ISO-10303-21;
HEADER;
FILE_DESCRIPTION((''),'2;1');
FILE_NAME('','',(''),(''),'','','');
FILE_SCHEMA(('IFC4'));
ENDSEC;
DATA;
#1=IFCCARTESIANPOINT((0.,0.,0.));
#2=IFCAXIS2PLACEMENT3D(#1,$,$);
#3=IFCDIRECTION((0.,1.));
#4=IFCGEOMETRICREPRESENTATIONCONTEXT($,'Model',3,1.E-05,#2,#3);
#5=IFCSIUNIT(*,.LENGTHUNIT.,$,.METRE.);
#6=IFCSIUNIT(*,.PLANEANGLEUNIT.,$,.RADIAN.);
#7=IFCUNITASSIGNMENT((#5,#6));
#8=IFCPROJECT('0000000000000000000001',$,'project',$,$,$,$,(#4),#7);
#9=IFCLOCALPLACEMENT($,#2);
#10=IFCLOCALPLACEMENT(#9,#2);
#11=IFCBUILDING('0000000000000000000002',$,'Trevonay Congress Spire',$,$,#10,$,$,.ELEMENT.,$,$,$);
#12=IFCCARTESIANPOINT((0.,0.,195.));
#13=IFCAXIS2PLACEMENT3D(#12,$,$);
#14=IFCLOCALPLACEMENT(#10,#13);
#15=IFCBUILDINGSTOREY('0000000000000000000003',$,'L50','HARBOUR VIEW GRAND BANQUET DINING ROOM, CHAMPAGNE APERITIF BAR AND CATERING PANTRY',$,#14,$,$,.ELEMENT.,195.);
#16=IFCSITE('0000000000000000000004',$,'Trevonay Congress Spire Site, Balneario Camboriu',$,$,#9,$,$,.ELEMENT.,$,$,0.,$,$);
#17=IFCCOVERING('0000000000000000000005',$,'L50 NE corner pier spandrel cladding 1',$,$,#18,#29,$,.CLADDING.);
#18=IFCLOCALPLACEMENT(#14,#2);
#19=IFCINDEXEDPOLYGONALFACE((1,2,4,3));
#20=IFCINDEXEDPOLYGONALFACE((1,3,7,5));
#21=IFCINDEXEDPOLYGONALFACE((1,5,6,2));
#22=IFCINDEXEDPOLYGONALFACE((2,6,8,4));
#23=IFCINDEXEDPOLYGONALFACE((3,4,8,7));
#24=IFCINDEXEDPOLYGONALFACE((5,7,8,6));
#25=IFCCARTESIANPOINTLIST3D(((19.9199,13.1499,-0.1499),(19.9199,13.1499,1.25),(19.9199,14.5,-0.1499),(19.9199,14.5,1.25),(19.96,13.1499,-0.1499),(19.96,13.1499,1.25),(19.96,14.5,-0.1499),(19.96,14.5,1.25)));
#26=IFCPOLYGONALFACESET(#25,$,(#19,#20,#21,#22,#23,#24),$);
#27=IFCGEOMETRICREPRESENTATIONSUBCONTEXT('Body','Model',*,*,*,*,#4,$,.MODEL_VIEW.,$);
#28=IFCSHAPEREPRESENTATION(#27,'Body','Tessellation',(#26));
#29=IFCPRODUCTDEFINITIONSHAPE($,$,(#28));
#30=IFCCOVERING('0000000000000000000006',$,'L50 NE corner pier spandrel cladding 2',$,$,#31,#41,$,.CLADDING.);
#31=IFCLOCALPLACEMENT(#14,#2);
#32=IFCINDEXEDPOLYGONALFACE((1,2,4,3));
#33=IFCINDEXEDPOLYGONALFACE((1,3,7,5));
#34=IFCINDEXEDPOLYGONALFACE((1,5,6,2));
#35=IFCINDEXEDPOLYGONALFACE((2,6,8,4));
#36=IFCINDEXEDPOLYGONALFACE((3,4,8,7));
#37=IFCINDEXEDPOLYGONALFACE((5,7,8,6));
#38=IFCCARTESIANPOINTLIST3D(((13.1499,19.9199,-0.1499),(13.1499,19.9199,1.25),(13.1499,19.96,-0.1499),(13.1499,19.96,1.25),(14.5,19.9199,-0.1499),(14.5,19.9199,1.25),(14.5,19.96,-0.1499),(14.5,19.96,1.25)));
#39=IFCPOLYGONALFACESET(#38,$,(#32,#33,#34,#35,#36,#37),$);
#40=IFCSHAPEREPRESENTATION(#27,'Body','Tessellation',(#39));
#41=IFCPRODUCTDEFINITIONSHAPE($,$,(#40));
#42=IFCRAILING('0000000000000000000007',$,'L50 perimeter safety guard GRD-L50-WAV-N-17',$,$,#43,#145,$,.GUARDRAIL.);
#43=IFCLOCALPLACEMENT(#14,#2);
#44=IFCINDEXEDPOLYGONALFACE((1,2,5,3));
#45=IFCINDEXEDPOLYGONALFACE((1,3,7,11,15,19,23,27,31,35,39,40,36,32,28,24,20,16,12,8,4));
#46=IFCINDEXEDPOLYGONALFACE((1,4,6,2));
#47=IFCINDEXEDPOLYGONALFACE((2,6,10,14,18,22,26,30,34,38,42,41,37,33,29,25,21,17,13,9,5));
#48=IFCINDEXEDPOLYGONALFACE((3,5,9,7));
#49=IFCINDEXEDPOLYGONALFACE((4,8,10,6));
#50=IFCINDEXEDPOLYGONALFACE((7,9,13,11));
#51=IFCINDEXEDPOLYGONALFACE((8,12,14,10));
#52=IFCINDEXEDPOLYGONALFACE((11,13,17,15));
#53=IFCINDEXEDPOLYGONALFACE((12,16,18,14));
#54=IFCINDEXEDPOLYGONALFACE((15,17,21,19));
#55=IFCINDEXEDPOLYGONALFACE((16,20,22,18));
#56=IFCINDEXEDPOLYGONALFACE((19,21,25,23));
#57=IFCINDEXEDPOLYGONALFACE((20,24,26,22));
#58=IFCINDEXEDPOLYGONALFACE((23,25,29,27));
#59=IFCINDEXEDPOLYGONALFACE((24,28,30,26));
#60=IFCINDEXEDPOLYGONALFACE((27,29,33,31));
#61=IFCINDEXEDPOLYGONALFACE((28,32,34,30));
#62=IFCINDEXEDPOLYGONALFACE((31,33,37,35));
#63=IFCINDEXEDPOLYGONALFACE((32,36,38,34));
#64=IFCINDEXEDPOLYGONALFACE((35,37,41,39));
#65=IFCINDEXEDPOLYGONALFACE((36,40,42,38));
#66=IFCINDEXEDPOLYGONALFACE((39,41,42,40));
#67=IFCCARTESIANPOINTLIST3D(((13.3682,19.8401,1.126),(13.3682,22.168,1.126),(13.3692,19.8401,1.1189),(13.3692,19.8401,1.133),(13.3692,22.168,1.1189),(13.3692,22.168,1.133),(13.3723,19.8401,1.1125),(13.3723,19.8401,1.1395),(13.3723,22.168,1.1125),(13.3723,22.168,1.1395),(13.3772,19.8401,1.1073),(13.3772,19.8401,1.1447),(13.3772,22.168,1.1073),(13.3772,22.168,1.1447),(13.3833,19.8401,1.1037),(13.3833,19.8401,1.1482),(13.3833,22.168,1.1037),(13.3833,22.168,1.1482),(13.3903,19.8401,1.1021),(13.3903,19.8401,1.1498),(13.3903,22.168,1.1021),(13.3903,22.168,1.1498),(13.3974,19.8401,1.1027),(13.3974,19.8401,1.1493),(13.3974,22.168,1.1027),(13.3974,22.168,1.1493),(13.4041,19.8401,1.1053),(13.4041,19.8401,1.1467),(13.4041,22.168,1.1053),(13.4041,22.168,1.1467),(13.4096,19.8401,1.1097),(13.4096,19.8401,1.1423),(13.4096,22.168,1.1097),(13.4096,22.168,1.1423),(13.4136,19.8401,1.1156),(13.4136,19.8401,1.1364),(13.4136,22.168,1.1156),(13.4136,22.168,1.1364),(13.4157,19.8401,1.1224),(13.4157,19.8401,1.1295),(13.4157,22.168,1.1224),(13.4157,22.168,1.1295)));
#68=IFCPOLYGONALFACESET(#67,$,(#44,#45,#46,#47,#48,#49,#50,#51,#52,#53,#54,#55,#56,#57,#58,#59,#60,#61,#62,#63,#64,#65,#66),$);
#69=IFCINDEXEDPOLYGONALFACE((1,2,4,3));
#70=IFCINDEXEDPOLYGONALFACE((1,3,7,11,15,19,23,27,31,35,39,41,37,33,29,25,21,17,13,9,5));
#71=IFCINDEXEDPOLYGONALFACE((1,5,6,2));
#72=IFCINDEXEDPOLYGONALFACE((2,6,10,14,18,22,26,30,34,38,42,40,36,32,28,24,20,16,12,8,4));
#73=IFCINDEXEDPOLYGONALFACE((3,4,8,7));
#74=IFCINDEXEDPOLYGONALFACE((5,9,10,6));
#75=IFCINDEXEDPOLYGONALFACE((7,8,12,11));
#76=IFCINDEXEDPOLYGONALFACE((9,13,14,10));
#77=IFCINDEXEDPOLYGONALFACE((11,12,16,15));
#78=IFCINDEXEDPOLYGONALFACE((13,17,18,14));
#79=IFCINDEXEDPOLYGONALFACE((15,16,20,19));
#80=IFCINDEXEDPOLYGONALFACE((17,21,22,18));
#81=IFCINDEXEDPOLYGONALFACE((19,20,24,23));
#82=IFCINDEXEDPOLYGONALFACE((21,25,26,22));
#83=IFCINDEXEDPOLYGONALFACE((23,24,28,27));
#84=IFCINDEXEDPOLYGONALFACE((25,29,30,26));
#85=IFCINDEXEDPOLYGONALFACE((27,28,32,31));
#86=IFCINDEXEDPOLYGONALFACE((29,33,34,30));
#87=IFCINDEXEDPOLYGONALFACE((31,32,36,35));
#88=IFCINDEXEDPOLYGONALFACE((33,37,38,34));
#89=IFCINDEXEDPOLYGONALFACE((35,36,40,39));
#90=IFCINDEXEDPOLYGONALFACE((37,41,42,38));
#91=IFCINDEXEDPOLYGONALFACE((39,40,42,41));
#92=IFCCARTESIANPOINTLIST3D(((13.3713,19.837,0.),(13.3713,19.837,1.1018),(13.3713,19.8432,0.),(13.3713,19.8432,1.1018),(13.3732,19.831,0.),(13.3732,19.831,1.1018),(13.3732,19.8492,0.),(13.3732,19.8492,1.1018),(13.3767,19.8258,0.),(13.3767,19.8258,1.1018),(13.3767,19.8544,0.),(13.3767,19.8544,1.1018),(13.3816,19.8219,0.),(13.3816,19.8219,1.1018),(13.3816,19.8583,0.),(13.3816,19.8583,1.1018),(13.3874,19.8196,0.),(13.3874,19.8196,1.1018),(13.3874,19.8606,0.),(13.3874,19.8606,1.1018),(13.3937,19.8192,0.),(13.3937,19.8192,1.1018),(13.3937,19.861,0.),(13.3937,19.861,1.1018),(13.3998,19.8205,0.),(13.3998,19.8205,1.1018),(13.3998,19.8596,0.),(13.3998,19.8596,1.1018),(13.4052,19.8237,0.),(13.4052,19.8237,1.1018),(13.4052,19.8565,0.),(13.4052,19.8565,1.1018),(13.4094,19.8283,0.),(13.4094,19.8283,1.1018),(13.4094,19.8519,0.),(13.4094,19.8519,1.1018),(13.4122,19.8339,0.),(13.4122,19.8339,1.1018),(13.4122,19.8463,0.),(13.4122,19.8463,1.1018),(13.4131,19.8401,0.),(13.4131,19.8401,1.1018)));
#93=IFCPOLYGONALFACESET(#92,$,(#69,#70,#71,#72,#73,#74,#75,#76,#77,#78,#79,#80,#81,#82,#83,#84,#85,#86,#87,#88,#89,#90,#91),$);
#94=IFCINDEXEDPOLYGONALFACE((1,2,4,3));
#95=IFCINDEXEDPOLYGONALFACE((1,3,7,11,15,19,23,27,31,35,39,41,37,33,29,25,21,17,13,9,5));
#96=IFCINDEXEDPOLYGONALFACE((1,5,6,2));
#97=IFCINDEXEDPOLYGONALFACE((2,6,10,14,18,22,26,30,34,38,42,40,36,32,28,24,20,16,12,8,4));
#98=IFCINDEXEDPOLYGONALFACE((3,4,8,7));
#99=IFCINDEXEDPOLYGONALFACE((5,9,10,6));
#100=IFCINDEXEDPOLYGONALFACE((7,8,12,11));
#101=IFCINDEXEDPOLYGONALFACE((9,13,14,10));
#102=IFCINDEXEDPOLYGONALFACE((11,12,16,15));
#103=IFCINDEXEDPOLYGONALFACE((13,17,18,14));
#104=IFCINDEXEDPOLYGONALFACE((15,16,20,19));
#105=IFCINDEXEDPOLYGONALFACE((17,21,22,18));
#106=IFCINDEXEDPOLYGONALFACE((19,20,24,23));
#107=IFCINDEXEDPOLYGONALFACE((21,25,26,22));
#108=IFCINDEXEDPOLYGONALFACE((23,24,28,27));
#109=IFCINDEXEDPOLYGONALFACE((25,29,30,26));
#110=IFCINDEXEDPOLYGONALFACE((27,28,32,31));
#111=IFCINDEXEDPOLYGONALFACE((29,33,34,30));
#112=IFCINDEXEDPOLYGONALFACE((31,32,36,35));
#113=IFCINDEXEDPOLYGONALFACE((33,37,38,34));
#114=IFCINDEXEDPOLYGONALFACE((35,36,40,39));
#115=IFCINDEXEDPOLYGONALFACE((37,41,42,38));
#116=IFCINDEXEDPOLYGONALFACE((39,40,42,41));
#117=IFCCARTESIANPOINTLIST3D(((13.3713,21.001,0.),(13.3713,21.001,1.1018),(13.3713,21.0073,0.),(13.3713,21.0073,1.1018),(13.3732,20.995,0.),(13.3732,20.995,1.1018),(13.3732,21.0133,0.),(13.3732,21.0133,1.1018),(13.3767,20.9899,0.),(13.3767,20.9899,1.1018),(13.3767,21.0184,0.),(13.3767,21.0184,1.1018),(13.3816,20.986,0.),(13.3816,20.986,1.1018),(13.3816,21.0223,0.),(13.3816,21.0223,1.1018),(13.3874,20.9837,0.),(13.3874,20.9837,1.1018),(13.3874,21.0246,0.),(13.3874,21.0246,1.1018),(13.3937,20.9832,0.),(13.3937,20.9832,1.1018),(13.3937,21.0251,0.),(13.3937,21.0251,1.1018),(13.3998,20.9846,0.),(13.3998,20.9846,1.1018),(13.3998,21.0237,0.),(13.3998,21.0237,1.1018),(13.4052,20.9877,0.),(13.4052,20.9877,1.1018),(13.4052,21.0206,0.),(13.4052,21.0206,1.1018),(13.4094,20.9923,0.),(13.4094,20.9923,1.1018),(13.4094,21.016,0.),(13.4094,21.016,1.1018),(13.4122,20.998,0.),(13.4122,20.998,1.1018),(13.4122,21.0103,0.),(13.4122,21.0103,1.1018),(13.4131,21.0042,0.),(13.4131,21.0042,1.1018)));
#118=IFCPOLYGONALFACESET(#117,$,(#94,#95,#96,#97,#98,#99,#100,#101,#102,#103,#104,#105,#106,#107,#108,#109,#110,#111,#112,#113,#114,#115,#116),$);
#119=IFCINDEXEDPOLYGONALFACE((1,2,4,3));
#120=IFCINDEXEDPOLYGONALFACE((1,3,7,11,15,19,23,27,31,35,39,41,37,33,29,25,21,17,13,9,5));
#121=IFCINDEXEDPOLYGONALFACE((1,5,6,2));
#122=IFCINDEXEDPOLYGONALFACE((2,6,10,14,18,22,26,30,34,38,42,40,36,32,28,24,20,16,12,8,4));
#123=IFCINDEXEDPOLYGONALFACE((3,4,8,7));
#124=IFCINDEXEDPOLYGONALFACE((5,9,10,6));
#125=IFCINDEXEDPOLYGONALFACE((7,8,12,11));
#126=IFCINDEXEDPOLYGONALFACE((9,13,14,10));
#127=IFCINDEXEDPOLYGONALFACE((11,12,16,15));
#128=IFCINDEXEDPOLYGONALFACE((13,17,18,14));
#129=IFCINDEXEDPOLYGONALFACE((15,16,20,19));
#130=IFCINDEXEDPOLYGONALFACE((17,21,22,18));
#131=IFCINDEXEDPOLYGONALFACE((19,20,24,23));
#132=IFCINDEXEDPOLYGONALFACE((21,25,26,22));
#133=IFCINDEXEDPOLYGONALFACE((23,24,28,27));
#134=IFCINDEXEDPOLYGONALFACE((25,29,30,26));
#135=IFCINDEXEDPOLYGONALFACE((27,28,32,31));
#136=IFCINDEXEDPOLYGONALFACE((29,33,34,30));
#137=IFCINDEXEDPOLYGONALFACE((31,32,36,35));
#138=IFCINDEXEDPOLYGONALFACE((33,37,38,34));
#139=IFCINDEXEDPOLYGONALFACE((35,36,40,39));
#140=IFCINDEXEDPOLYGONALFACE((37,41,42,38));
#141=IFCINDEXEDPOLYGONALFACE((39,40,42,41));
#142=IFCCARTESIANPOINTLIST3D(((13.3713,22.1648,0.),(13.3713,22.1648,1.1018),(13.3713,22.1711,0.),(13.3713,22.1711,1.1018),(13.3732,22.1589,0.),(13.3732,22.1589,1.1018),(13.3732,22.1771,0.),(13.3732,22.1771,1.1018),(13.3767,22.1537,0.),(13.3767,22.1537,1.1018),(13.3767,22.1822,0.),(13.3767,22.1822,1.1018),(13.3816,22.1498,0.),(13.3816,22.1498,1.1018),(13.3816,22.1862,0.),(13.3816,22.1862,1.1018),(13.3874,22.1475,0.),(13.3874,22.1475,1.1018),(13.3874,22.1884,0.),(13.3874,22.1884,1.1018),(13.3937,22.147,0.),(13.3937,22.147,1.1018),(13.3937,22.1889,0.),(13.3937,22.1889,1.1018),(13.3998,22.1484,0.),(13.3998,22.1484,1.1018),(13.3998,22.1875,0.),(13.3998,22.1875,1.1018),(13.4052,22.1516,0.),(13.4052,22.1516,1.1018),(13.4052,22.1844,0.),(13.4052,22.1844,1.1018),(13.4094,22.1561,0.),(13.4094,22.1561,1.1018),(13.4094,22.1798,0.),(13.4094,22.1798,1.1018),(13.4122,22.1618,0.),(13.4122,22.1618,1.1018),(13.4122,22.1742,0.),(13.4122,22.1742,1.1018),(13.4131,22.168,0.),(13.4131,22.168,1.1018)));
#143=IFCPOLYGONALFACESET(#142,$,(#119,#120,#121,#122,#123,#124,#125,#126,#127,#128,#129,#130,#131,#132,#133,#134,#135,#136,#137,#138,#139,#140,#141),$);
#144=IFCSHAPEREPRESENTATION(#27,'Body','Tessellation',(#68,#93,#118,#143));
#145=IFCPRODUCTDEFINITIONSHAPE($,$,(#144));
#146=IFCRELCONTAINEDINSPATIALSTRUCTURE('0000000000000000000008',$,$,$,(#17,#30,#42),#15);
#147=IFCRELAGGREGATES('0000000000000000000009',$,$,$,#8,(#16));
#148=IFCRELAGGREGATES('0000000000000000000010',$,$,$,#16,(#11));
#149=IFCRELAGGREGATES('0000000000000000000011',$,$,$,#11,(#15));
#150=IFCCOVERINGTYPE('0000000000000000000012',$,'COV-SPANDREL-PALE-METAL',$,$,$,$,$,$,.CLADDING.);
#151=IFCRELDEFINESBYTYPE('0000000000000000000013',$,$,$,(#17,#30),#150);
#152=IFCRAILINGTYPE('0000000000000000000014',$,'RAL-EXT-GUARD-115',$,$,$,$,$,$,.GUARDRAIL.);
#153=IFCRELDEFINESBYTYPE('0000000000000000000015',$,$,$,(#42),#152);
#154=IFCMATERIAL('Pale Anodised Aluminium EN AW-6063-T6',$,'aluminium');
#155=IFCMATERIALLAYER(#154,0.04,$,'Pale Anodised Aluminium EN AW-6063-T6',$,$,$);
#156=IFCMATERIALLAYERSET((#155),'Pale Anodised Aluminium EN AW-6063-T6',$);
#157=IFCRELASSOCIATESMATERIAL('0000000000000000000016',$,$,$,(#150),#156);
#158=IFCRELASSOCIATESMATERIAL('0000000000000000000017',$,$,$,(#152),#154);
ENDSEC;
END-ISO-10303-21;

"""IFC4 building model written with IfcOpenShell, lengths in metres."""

from ifc_helpers import new_model, si_unit, direction, frame, frame_2d, origin, origin_2d, place, context, subcontext, project, spatial, rectangle, circle, extrude, material, layer, layer_set, type_object, element, save


model = new_model("IFC4")

# Units and contexts
model_context = context("Model", 3, precision=1e-05, world=origin(), true_north=direction((0.0, 1.0)))
body_context = subcontext(model_context, "Body", "Model", "MODEL_VIEW")
ifc_project = project(units=[si_unit("LENGTHUNIT", "METRE"), si_unit("PLANEANGLEUNIT", "RADIAN")], contexts=[model_context])

# Site, building, storey
site_placement = place(None, origin())
site = spatial("IfcSite", under=ifc_project, at=site_placement, Name="Trevonay Congress Spire Site, Balneario Camboriu", CompositionType="ELEMENT", RefElevation=0.0)
building_placement = place(site_placement, origin())
building = spatial("IfcBuilding", under=site, at=building_placement, Name="Trevonay Congress Spire", CompositionType="ELEMENT")
storey_placement = place(building_placement, frame((0.0, 0.0, 195.0)))
storey = spatial("IfcBuildingStorey", under=building, at=storey_placement, Name="L50", Description="HARBOUR VIEW GRAND BANQUET DINING ROOM, CHAMPAGNE APERITIF BAR AND CATERING PANTRY", CompositionType="ELEMENT", Elevation=195.0)

# Shared definitions
ifc_material_1 = material(Name="Pale Anodised Aluminium EN AW-6063-T6", Category="aluminium")

# Coverings
ifc_layer_1 = layer(ifc_material_1, 0.04, Name="Pale Anodised Aluminium EN AW-6063-T6")
ifc_layer_set_1 = layer_set([ifc_layer_1], Name="Pale Anodised Aluminium EN AW-6063-T6")
covering_type = type_object("IfcCoveringType", Name="COV-SPANDREL-PALE-METAL", PredefinedType="CLADDING", material=ifc_layer_set_1)
for number, where, z_axis, x_axis, name in (
    (1, (19.9399, 13.1499, -0.1499), (0.0, 0.0, 1.0), (0.0, 1.0, 0.0), "L50 NE corner pier spandrel cladding 1"),
    (2, (13.1499, 19.9399, -0.1499), (0.0, 0.0, 1.0), (1.0, 0.0, 0.0), "L50 NE corner pier spandrel cladding 2"),
):
    element("IfcCovering", number, at=place(storey_placement, frame(where, z_axis=z_axis, x_axis=x_axis)), inside=storey, type_object=covering_type, Name=name, PredefinedType="CLADDING", context=body_context, shape_type="SweptSolid", body=[
        extrude(rectangle(XDim=1.3501, YDim=0.04, at=frame_2d((0.675, 0.0))), origin(), (0.0, 0.0, 1.0), 1.3999),
    ])

# Railing
railing_type = type_object("IfcRailingType", Name="RAL-EXT-GUARD-115", PredefinedType="GUARDRAIL", material=ifc_material_1)
railing_1_placement = place(storey_placement, frame((13.3921, 19.8401, 0.0)))
element("IfcRailing", 3, at=railing_1_placement, inside=storey, type_object=railing_type, Name="L50 perimeter safety guard GRD-L50-WAV-N-17", PredefinedType="GUARDRAIL", context=body_context, shape_type="SweptSolid", body=[
    extrude(circle(Radius=0.0239, at=origin_2d()), frame((0.0, 0.0, 1.126), z_axis=(0.0, 1.0, 0.0), x_axis=(-1.0, 0.0, 0.0)), (0.0, 0.0, 1.0), 2.3279),
    extrude(circle(Radius=0.021, at=origin_2d()), origin(), (0.0, 0.0, 1.0), 1.1018),
    extrude(circle(Radius=0.021, at=origin_2d()), frame((0.0, 1.1641, 0.0)), (0.0, 0.0, 1.0), 1.1018),
    extrude(circle(Radius=0.021, at=origin_2d()), frame((0.0, 2.3279, 0.0)), (0.0, 0.0, 1.0), 1.1018),
])

save(model, "model.ifc")
